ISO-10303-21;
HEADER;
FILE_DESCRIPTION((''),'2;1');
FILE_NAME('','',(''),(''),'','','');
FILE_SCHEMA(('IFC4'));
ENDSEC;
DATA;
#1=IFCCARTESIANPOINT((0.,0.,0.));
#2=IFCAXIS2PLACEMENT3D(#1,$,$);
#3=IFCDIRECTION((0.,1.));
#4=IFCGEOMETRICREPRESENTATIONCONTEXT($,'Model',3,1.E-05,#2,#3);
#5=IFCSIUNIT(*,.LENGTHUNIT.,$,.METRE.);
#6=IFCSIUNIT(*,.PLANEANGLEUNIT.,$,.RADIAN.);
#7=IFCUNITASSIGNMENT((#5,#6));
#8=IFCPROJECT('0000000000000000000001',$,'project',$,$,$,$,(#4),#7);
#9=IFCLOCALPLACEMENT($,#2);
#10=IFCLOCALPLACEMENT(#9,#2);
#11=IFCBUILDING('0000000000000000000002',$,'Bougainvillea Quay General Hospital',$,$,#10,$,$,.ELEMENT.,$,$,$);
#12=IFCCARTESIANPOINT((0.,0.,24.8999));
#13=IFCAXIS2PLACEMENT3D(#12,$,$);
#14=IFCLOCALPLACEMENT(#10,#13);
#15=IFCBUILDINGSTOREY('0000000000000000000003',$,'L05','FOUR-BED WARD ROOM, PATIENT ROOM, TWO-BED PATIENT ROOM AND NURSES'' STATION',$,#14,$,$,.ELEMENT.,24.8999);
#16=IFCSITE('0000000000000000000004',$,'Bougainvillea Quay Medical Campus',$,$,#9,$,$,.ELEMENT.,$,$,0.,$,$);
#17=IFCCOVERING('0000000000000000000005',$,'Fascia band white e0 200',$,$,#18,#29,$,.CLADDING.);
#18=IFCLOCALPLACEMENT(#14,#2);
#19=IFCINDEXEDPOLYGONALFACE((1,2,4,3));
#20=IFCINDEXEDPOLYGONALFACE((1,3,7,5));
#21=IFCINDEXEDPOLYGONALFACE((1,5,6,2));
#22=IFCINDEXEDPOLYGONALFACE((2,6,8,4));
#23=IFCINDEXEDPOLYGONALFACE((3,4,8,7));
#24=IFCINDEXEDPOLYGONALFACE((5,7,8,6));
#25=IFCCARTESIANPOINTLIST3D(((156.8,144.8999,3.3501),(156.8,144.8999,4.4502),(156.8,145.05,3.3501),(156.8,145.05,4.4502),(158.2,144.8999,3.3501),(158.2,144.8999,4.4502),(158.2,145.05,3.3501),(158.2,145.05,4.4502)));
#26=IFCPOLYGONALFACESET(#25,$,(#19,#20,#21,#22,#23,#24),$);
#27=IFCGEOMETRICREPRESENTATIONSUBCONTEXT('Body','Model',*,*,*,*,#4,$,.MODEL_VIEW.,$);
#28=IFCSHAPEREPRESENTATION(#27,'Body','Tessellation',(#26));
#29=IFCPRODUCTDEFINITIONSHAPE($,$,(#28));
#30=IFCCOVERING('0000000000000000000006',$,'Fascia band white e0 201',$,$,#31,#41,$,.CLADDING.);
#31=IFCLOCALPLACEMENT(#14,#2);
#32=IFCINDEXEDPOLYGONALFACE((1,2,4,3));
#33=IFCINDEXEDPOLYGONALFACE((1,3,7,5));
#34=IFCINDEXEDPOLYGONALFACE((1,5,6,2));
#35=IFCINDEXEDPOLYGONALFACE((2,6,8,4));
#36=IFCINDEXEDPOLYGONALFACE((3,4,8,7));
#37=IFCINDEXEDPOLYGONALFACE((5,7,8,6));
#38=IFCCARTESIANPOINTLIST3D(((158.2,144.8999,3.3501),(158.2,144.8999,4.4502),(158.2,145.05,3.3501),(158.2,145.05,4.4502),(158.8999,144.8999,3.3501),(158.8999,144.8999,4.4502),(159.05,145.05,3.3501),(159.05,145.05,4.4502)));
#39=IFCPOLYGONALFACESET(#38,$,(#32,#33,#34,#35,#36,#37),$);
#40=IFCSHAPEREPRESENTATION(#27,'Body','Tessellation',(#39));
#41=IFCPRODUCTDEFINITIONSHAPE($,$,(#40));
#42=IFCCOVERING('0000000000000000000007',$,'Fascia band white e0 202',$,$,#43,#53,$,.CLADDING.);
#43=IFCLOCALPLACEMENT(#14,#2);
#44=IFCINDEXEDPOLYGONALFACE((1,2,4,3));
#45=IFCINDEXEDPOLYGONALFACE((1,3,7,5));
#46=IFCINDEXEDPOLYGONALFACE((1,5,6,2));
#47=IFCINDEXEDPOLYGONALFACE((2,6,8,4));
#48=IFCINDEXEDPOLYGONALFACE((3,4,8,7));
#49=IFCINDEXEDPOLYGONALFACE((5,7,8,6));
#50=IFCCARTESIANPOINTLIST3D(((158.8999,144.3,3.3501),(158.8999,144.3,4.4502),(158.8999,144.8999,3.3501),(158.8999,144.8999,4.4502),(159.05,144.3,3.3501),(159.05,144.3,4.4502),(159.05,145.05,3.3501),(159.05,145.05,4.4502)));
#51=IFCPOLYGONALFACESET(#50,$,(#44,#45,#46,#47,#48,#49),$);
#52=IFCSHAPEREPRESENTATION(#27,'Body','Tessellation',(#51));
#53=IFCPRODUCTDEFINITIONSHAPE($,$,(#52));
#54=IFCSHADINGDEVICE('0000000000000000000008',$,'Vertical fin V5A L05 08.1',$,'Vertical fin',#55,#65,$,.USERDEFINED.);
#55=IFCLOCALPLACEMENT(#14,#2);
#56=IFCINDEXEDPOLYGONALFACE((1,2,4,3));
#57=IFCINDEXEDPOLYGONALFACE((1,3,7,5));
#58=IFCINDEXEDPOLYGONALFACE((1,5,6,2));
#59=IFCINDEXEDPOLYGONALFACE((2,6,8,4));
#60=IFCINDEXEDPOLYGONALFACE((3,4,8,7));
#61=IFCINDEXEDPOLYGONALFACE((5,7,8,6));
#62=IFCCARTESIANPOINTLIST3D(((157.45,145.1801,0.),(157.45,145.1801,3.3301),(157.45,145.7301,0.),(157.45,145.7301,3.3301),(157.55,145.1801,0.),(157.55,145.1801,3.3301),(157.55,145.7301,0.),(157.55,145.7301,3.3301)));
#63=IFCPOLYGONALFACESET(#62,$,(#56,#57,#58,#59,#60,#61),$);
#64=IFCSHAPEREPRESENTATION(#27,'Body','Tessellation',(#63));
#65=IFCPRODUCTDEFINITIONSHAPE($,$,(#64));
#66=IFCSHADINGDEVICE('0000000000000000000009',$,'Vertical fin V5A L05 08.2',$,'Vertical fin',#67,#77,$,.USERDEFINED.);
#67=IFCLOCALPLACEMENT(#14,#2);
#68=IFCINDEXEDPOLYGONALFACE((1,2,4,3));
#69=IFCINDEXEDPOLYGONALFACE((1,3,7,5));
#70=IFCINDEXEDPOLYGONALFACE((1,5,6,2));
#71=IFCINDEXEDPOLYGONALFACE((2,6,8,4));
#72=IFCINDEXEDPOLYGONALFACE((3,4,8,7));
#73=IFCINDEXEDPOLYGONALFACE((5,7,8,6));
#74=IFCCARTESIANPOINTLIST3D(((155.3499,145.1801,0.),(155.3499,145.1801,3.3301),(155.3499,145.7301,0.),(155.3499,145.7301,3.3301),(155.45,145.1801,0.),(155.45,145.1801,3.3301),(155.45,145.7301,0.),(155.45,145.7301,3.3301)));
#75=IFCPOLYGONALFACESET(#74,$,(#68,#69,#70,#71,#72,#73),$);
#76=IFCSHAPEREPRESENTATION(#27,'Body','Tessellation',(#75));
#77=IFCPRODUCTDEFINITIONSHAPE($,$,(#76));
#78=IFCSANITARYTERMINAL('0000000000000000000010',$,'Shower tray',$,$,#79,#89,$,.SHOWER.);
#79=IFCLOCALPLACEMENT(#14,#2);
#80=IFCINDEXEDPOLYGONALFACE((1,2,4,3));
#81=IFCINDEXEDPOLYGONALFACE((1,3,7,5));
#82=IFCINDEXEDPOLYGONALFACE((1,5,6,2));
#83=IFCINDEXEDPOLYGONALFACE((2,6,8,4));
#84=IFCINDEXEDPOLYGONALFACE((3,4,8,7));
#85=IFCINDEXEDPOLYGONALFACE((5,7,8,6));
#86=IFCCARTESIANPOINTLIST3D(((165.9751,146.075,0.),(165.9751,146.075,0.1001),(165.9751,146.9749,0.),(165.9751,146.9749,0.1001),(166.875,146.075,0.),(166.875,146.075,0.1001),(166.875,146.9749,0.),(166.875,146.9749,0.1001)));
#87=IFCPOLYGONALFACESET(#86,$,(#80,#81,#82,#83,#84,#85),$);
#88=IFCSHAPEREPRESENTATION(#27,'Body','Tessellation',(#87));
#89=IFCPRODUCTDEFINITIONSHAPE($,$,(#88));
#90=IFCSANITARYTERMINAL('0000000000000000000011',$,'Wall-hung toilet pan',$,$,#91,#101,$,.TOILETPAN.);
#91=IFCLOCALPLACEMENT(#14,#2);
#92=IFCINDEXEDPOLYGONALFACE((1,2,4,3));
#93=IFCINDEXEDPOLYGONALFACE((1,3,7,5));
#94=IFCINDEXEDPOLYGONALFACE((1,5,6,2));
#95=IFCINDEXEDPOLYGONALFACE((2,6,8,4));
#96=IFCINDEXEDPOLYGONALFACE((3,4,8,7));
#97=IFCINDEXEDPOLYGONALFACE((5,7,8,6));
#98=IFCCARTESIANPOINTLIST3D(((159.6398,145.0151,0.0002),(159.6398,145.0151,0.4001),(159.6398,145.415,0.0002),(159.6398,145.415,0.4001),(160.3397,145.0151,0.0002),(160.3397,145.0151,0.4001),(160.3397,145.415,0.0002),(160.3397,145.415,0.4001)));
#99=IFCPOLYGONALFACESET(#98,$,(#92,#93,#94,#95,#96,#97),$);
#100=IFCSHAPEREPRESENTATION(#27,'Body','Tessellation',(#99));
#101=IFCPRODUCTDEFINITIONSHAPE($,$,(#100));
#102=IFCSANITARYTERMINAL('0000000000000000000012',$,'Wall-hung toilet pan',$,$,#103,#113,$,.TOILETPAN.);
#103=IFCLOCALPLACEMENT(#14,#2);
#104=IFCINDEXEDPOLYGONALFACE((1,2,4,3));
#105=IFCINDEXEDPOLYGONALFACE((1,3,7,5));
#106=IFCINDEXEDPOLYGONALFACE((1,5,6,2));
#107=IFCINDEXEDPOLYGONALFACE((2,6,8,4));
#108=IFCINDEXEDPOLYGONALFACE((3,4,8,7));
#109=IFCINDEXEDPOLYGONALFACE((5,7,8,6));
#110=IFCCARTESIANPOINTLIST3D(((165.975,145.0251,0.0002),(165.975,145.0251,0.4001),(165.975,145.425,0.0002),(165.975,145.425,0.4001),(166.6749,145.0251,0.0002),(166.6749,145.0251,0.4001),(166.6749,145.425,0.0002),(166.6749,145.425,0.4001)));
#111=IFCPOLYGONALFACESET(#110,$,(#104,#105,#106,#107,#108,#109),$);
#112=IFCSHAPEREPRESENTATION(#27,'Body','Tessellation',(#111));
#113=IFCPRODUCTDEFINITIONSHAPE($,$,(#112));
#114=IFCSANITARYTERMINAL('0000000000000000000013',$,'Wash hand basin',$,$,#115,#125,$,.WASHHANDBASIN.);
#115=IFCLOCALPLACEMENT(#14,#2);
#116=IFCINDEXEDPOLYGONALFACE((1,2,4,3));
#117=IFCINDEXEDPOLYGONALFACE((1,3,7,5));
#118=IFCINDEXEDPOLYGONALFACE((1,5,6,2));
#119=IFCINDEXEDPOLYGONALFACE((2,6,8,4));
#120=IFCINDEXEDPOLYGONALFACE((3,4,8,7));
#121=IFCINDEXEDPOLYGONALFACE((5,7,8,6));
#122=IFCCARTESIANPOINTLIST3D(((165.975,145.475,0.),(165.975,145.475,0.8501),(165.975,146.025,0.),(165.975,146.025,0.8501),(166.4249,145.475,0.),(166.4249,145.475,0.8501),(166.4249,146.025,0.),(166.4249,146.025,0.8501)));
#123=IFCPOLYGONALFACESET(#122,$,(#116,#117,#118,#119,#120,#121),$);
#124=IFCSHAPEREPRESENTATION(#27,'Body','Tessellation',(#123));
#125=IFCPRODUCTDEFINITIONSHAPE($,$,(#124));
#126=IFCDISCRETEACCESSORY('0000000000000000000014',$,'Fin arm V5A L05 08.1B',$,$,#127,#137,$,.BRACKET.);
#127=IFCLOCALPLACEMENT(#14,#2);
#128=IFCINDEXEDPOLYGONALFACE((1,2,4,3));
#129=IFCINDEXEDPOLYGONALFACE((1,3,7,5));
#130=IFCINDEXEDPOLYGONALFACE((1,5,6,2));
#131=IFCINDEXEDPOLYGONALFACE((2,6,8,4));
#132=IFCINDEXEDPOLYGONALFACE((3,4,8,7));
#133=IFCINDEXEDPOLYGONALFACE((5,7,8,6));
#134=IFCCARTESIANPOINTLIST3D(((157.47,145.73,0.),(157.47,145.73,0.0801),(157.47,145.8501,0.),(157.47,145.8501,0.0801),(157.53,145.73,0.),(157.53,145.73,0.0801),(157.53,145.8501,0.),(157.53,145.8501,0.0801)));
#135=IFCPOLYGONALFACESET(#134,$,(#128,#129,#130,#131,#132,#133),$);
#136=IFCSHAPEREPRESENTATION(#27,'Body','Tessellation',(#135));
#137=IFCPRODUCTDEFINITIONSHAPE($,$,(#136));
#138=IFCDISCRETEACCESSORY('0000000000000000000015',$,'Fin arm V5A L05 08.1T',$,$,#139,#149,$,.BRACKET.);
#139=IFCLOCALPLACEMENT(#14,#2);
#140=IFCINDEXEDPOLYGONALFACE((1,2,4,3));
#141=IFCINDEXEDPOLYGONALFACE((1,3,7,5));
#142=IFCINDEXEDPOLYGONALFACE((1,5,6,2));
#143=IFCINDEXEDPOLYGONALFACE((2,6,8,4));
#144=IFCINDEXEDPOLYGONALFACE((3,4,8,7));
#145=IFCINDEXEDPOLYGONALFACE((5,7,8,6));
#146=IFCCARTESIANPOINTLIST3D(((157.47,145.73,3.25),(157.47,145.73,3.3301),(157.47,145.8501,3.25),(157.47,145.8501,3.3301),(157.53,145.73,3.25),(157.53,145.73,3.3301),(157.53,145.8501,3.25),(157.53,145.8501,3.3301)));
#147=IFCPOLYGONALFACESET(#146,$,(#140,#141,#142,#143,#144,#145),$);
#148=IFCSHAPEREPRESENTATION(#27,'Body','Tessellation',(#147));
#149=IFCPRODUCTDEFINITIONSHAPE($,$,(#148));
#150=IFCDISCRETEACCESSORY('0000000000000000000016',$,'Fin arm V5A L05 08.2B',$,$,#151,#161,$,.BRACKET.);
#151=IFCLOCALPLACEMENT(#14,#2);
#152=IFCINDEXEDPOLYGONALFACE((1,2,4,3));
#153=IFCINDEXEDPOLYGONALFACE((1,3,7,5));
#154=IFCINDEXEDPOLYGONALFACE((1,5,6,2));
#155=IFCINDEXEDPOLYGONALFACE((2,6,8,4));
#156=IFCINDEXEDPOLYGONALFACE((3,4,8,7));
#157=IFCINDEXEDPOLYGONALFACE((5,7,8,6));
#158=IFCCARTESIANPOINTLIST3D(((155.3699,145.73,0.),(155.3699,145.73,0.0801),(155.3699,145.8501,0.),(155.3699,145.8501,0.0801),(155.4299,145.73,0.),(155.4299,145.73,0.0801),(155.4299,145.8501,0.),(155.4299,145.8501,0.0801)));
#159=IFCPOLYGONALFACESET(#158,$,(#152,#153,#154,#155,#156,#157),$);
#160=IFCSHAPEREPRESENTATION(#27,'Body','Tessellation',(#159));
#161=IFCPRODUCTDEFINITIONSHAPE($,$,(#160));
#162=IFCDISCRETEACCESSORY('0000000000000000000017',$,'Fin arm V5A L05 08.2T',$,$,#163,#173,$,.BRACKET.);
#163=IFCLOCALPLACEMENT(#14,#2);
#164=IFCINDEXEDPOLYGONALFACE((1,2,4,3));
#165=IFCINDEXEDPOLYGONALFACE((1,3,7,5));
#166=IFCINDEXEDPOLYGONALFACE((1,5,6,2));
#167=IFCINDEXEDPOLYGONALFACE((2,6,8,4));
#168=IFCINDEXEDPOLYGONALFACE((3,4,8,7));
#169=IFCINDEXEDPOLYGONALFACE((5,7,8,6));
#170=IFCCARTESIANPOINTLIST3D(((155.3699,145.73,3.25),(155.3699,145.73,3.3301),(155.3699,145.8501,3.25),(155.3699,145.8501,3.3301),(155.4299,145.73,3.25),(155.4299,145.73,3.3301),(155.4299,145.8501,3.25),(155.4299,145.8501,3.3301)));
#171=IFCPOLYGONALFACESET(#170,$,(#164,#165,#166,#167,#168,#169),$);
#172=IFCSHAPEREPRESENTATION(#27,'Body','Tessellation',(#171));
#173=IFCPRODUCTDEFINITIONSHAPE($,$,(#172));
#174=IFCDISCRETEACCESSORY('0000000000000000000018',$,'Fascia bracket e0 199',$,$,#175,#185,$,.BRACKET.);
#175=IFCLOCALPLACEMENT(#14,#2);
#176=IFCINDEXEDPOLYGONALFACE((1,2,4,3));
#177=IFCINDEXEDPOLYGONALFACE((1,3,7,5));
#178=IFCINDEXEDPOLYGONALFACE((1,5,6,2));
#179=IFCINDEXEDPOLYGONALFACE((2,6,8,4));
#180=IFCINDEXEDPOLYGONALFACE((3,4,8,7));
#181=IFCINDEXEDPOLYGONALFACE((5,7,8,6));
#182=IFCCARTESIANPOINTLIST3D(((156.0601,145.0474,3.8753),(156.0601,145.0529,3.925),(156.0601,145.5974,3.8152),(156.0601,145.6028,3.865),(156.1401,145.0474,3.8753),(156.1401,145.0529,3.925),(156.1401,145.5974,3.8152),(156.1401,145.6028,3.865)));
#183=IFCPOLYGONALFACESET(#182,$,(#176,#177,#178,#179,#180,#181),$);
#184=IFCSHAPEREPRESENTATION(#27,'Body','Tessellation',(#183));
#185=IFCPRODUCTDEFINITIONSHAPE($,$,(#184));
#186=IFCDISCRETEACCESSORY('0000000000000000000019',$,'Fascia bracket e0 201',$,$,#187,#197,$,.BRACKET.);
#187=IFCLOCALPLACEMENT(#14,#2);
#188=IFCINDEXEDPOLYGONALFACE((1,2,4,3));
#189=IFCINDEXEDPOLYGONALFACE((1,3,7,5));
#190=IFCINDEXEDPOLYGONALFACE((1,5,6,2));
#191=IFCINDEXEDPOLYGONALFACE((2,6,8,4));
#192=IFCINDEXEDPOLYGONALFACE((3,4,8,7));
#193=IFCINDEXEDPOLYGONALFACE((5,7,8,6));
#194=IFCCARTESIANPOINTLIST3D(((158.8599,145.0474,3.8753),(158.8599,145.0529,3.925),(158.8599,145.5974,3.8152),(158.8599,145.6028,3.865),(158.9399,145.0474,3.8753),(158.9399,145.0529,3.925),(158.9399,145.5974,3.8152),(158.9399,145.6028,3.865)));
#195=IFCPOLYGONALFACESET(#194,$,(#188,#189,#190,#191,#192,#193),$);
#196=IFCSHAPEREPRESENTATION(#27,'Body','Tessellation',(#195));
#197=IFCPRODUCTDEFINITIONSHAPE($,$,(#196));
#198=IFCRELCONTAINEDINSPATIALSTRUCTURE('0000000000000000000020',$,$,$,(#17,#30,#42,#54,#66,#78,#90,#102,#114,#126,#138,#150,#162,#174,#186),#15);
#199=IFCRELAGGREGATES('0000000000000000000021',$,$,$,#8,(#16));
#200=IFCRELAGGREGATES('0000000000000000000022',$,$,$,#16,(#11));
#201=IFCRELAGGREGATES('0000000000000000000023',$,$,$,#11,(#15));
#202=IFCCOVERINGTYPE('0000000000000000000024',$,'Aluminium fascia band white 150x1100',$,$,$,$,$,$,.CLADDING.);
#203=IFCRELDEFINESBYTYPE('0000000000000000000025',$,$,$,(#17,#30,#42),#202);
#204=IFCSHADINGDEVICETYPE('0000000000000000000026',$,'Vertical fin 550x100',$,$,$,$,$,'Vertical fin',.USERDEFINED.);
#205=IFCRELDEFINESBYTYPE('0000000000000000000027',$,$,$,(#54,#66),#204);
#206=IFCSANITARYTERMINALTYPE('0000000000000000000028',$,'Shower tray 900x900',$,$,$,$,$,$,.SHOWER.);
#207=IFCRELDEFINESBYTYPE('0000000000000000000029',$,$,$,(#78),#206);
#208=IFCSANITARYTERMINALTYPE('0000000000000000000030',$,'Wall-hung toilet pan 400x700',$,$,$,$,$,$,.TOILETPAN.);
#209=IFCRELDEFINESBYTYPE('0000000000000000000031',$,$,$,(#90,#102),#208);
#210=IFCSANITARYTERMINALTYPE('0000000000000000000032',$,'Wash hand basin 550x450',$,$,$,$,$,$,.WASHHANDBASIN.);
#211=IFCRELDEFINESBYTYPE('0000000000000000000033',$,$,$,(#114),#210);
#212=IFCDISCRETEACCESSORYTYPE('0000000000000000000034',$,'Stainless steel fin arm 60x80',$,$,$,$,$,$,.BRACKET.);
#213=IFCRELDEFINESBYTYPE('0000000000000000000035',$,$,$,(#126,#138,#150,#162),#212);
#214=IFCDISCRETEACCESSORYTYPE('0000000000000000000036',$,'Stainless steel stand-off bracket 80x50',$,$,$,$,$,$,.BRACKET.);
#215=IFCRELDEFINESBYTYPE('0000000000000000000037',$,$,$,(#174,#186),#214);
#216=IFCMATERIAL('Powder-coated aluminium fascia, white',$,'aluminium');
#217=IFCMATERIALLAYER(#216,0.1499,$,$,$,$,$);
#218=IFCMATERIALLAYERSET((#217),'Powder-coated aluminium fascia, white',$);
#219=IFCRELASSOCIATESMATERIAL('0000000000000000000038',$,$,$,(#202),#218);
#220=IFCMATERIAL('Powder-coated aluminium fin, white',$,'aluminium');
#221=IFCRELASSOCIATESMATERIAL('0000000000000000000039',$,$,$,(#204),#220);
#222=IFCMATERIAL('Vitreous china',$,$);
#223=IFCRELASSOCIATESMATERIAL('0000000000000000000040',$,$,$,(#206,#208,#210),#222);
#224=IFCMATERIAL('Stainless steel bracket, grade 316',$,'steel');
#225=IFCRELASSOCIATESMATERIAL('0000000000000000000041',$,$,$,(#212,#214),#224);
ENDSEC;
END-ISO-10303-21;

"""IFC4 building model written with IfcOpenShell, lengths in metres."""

from ifc_helpers import new_model, si_unit, direction, frame, origin, origin_2d, place, context, subcontext, project, spatial, polyline, rectangle, outline, extrude, material, layer, layer_set, material_profile, profile_set, type_object, element, save


model = new_model("IFC4")

# Units and contexts
model_context = context("Model", 3, precision=1e-05, world=origin(), true_north=direction((0.0, 1.0)))
body_context = subcontext(model_context, "Body", "Model", "MODEL_VIEW")
ifc_project = project(units=[si_unit("LENGTHUNIT", "METRE"), si_unit("PLANEANGLEUNIT", "RADIAN")], contexts=[model_context])

# Site, building, storey
site_placement = place(None, origin())
site = spatial("IfcSite", under=ifc_project, at=site_placement, Name="Bougainvillea Quay Medical Campus", CompositionType="ELEMENT", RefElevation=0.0)
building_placement = place(site_placement, origin())
building = spatial("IfcBuilding", under=site, at=building_placement, Name="Bougainvillea Quay General Hospital", CompositionType="ELEMENT")
storey_placement = place(building_placement, frame((0.0, 0.0, 24.8999)))
storey = spatial("IfcBuildingStorey", under=building, at=storey_placement, Name="L05", Description="FOUR-BED WARD ROOM, PATIENT ROOM, TWO-BED PATIENT ROOM AND NURSES' STATION", CompositionType="ELEMENT", Elevation=24.8999)

# Coverings
ifc_material_1 = material(Name="Powder-coated aluminium fascia, white", Category="aluminium")
ifc_layer_1 = layer(ifc_material_1, 0.1499)
ifc_layer_set_1 = layer_set([ifc_layer_1], Name="Powder-coated aluminium fascia, white")
covering_type = type_object("IfcCoveringType", Name="Aluminium fascia band white 150x1100", PredefinedType="CLADDING", material=ifc_layer_set_1)
covering_1_placement = place(storey_placement, frame((156.8, 145.05, 3.3501), z_axis=(0.0, 0.0, 1.0), x_axis=(1.0, 0.0, 0.0)))
element("IfcCovering", 1, at=covering_1_placement, inside=storey, type_object=covering_type, Name="Fascia band white e0 200", PredefinedType="CLADDING", context=body_context, shape_type="SweptSolid", body=[
    extrude(outline(polyline([(0.0, 0.0), (1.3999, 0.0), (1.3999, -0.1501), (0.0, -0.1501), (0.0, 0.0)])), origin(), (0.0, 0.0, 1.0), 1.1001),
])
covering_2_placement = place(storey_placement, frame((158.2, 145.05, 3.3501), z_axis=(0.0, 0.0, 1.0), x_axis=(1.0, 0.0, 0.0)))
element("IfcCovering", 2, at=covering_2_placement, inside=storey, type_object=covering_type, Name="Fascia band white e0 201", PredefinedType="CLADDING", context=body_context, shape_type="SweptSolid", body=[
    extrude(outline(polyline([(0.0, 0.0), (0.8501, 0.0), (0.7, -0.1501), (0.0, -0.1501), (0.0, 0.0)])), origin(), (0.0, 0.0, 1.0), 1.1001),
])
covering_3_placement = place(storey_placement, frame((159.05, 145.05, 3.3501), z_axis=(0.0, 0.0, 1.0), x_axis=(0.0, -1.0, 0.0)))
element("IfcCovering", 3, at=covering_3_placement, inside=storey, type_object=covering_type, Name="Fascia band white e0 202", PredefinedType="CLADDING", context=body_context, shape_type="SweptSolid", body=[
    extrude(outline(polyline([(0.0, 0.0), (0.75, 0.0), (0.75, -0.1501), (0.1501, -0.1501), (0.0, 0.0)])), origin(), (0.0, 0.0, 1.0), 1.1001),
])

# Shading devices
ifc_material_2 = material(Name="Powder-coated aluminium fin, white", Category="aluminium")
ifc_material_profile_1 = material_profile(ifc_material_2, rectangle(XDim=0.55, YDim=0.1001, at=origin_2d()))
ifc_profile_set_1 = profile_set([ifc_material_profile_1], Name="Powder-coated aluminium fin, white")
shading_device_type = type_object("IfcShadingDeviceType", Name="Vertical fin 550x100", ElementType="Vertical fin", PredefinedType="USERDEFINED", material=ifc_profile_set_1)
for number, where, z_axis, x_axis, name in (
    (4, (157.5, 145.4551, 0.0), (0.0, 0.0, 1.0), (0.0, -1.0, 0.0), "Vertical fin V5A L05 08.1"),
    (5, (155.3999, 145.4551, 0.0), (0.0, 0.0, 1.0), (0.0, -1.0, 0.0), "Vertical fin V5A L05 08.2"),
):
    element("IfcShadingDevice", number, at=place(storey_placement, frame(where, z_axis=z_axis, x_axis=x_axis)), inside=storey, type_object=shading_device_type, Name=name, ObjectType="Vertical fin", PredefinedType="USERDEFINED", context=body_context, shape_type="SweptSolid", body=[
        extrude(rectangle(XDim=0.55, YDim=0.1001, at=origin_2d()), origin(), (0.0, 0.0, 1.0), 3.3301),
    ])

# Sanitary terminals
ifc_material_3 = material(Name="Vitreous china")
sanitary_terminal_type_1 = type_object("IfcSanitaryTerminalType", Name="Shower tray 900x900", PredefinedType="SHOWER", material=ifc_material_3)
sanitary_terminal_1_placement = place(storey_placement, frame((166.425, 146.5249, 0.0), z_axis=(0.0, 0.0, 1.0), x_axis=(0.0, 1.0, 0.0)))
element("IfcSanitaryTerminal", 6, at=sanitary_terminal_1_placement, inside=storey, type_object=sanitary_terminal_type_1, Name="Shower tray", PredefinedType="SHOWER", context=body_context, shape_type="SweptSolid", body=[
    extrude(rectangle(XDim=0.8999, YDim=0.8999, at=origin_2d()), origin(), (0.0, 0.0, 1.0), 0.1001),
])
sanitary_terminal_type_2 = type_object("IfcSanitaryTerminalType", Name="Wall-hung toilet pan 400x700", PredefinedType="TOILETPAN", material=ifc_material_3)
for number, where, z_axis, x_axis, name in (
    (7, (159.9897, 145.2151, 0.0002), (0.0, 0.0, 1.0), (0.0, 1.0, 0.0), "Wall-hung toilet pan"),
    (8, (166.325, 145.2251, 0.0002), (0.0, 0.0, 1.0), (0.0, 1.0, 0.0), "Wall-hung toilet pan"),
):
    element("IfcSanitaryTerminal", number, at=place(storey_placement, frame(where, z_axis=z_axis, x_axis=x_axis)), inside=storey, type_object=sanitary_terminal_type_2, Name=name, PredefinedType="TOILETPAN", context=body_context, shape_type="SweptSolid", body=[
        extrude(rectangle(XDim=0.3999, YDim=0.7, at=origin_2d()), origin(), (0.0, 0.0, 1.0), 0.3999),
    ])
sanitary_terminal_type_3 = type_object("IfcSanitaryTerminalType", Name="Wash hand basin 550x450", PredefinedType="WASHHANDBASIN", material=ifc_material_3)
sanitary_terminal_2_placement = place(storey_placement, frame((166.2, 145.75, 0.0), z_axis=(0.0, 0.0, 1.0), x_axis=(0.0, 1.0, 0.0)))
element("IfcSanitaryTerminal", 9, at=sanitary_terminal_2_placement, inside=storey, type_object=sanitary_terminal_type_3, Name="Wash hand basin", PredefinedType="WASHHANDBASIN", context=body_context, shape_type="SweptSolid", body=[
    extrude(rectangle(XDim=0.55, YDim=0.45, at=origin_2d()), origin(), (0.0, 0.0, 1.0), 0.8501),
])

# Discrete accessories
ifc_material_4 = material(Name="Stainless steel bracket, grade 316", Category="steel")
discrete_accessory_type_1 = type_object("IfcDiscreteAccessoryType", Name="Stainless steel fin arm 60x80", PredefinedType="BRACKET", material=ifc_material_4)
for number, where, z_axis, x_axis, name in (
    (10, (157.5, 145.79, 0.0), (0.0, 0.0, 1.0), (0.0, -1.0, 0.0), "Fin arm V5A L05 08.1B"),
    (11, (157.5, 145.79, 3.25), (0.0, 0.0, 1.0), (0.0, -1.0, 0.0), "Fin arm V5A L05 08.1T"),
    (12, (155.3999, 145.79, 0.0), (0.0, 0.0, 1.0), (0.0, -1.0, 0.0), "Fin arm V5A L05 08.2B"),
    (13, (155.3999, 145.79, 3.25), (0.0, 0.0, 1.0), (0.0, -1.0, 0.0), "Fin arm V5A L05 08.2T"),
):
    element("IfcDiscreteAccessory", number, at=place(storey_placement, frame(where, z_axis=z_axis, x_axis=x_axis)), inside=storey, type_object=discrete_accessory_type_1, Name=name, PredefinedType="BRACKET", context=body_context, shape_type="SweptSolid", body=[
        extrude(rectangle(XDim=0.1201, YDim=0.0601, at=origin_2d()), origin(), (0.0, 0.0, 1.0), 0.0801),
    ])
ifc_material_profile_2 = material_profile(ifc_material_4, rectangle(XDim=0.0801, YDim=0.05, at=origin_2d()))
ifc_profile_set_2 = profile_set([ifc_material_profile_2], Name="Stainless steel bracket, grade 316")
discrete_accessory_type_2 = type_object("IfcDiscreteAccessoryType", Name="Stainless steel stand-off bracket 80x50", PredefinedType="BRACKET", material=ifc_profile_set_2)
for number, where, z_axis, x_axis, name in (
    (14, (156.1001, 145.6001, 3.8401), (0.0, -0.994092, 0.108543), (1.0, 0.0, 0.0), "Fascia bracket e0 199"),
    (15, (158.8999, 145.6001, 3.8401), (0.0, -0.994092, 0.108543), (1.0, 0.0, 0.0), "Fascia bracket e0 201"),
):
    element("IfcDiscreteAccessory", number, at=place(storey_placement, frame(where, z_axis=z_axis, x_axis=x_axis)), inside=storey, type_object=discrete_accessory_type_2, Name=name, PredefinedType="BRACKET", context=body_context, shape_type="SweptSolid", body=[
        extrude(rectangle(XDim=0.0801, YDim=0.05, at=origin_2d()), origin(), (0.0, 0.0, 1.0), 0.5532),
    ])

save(model, "model.ifc")
